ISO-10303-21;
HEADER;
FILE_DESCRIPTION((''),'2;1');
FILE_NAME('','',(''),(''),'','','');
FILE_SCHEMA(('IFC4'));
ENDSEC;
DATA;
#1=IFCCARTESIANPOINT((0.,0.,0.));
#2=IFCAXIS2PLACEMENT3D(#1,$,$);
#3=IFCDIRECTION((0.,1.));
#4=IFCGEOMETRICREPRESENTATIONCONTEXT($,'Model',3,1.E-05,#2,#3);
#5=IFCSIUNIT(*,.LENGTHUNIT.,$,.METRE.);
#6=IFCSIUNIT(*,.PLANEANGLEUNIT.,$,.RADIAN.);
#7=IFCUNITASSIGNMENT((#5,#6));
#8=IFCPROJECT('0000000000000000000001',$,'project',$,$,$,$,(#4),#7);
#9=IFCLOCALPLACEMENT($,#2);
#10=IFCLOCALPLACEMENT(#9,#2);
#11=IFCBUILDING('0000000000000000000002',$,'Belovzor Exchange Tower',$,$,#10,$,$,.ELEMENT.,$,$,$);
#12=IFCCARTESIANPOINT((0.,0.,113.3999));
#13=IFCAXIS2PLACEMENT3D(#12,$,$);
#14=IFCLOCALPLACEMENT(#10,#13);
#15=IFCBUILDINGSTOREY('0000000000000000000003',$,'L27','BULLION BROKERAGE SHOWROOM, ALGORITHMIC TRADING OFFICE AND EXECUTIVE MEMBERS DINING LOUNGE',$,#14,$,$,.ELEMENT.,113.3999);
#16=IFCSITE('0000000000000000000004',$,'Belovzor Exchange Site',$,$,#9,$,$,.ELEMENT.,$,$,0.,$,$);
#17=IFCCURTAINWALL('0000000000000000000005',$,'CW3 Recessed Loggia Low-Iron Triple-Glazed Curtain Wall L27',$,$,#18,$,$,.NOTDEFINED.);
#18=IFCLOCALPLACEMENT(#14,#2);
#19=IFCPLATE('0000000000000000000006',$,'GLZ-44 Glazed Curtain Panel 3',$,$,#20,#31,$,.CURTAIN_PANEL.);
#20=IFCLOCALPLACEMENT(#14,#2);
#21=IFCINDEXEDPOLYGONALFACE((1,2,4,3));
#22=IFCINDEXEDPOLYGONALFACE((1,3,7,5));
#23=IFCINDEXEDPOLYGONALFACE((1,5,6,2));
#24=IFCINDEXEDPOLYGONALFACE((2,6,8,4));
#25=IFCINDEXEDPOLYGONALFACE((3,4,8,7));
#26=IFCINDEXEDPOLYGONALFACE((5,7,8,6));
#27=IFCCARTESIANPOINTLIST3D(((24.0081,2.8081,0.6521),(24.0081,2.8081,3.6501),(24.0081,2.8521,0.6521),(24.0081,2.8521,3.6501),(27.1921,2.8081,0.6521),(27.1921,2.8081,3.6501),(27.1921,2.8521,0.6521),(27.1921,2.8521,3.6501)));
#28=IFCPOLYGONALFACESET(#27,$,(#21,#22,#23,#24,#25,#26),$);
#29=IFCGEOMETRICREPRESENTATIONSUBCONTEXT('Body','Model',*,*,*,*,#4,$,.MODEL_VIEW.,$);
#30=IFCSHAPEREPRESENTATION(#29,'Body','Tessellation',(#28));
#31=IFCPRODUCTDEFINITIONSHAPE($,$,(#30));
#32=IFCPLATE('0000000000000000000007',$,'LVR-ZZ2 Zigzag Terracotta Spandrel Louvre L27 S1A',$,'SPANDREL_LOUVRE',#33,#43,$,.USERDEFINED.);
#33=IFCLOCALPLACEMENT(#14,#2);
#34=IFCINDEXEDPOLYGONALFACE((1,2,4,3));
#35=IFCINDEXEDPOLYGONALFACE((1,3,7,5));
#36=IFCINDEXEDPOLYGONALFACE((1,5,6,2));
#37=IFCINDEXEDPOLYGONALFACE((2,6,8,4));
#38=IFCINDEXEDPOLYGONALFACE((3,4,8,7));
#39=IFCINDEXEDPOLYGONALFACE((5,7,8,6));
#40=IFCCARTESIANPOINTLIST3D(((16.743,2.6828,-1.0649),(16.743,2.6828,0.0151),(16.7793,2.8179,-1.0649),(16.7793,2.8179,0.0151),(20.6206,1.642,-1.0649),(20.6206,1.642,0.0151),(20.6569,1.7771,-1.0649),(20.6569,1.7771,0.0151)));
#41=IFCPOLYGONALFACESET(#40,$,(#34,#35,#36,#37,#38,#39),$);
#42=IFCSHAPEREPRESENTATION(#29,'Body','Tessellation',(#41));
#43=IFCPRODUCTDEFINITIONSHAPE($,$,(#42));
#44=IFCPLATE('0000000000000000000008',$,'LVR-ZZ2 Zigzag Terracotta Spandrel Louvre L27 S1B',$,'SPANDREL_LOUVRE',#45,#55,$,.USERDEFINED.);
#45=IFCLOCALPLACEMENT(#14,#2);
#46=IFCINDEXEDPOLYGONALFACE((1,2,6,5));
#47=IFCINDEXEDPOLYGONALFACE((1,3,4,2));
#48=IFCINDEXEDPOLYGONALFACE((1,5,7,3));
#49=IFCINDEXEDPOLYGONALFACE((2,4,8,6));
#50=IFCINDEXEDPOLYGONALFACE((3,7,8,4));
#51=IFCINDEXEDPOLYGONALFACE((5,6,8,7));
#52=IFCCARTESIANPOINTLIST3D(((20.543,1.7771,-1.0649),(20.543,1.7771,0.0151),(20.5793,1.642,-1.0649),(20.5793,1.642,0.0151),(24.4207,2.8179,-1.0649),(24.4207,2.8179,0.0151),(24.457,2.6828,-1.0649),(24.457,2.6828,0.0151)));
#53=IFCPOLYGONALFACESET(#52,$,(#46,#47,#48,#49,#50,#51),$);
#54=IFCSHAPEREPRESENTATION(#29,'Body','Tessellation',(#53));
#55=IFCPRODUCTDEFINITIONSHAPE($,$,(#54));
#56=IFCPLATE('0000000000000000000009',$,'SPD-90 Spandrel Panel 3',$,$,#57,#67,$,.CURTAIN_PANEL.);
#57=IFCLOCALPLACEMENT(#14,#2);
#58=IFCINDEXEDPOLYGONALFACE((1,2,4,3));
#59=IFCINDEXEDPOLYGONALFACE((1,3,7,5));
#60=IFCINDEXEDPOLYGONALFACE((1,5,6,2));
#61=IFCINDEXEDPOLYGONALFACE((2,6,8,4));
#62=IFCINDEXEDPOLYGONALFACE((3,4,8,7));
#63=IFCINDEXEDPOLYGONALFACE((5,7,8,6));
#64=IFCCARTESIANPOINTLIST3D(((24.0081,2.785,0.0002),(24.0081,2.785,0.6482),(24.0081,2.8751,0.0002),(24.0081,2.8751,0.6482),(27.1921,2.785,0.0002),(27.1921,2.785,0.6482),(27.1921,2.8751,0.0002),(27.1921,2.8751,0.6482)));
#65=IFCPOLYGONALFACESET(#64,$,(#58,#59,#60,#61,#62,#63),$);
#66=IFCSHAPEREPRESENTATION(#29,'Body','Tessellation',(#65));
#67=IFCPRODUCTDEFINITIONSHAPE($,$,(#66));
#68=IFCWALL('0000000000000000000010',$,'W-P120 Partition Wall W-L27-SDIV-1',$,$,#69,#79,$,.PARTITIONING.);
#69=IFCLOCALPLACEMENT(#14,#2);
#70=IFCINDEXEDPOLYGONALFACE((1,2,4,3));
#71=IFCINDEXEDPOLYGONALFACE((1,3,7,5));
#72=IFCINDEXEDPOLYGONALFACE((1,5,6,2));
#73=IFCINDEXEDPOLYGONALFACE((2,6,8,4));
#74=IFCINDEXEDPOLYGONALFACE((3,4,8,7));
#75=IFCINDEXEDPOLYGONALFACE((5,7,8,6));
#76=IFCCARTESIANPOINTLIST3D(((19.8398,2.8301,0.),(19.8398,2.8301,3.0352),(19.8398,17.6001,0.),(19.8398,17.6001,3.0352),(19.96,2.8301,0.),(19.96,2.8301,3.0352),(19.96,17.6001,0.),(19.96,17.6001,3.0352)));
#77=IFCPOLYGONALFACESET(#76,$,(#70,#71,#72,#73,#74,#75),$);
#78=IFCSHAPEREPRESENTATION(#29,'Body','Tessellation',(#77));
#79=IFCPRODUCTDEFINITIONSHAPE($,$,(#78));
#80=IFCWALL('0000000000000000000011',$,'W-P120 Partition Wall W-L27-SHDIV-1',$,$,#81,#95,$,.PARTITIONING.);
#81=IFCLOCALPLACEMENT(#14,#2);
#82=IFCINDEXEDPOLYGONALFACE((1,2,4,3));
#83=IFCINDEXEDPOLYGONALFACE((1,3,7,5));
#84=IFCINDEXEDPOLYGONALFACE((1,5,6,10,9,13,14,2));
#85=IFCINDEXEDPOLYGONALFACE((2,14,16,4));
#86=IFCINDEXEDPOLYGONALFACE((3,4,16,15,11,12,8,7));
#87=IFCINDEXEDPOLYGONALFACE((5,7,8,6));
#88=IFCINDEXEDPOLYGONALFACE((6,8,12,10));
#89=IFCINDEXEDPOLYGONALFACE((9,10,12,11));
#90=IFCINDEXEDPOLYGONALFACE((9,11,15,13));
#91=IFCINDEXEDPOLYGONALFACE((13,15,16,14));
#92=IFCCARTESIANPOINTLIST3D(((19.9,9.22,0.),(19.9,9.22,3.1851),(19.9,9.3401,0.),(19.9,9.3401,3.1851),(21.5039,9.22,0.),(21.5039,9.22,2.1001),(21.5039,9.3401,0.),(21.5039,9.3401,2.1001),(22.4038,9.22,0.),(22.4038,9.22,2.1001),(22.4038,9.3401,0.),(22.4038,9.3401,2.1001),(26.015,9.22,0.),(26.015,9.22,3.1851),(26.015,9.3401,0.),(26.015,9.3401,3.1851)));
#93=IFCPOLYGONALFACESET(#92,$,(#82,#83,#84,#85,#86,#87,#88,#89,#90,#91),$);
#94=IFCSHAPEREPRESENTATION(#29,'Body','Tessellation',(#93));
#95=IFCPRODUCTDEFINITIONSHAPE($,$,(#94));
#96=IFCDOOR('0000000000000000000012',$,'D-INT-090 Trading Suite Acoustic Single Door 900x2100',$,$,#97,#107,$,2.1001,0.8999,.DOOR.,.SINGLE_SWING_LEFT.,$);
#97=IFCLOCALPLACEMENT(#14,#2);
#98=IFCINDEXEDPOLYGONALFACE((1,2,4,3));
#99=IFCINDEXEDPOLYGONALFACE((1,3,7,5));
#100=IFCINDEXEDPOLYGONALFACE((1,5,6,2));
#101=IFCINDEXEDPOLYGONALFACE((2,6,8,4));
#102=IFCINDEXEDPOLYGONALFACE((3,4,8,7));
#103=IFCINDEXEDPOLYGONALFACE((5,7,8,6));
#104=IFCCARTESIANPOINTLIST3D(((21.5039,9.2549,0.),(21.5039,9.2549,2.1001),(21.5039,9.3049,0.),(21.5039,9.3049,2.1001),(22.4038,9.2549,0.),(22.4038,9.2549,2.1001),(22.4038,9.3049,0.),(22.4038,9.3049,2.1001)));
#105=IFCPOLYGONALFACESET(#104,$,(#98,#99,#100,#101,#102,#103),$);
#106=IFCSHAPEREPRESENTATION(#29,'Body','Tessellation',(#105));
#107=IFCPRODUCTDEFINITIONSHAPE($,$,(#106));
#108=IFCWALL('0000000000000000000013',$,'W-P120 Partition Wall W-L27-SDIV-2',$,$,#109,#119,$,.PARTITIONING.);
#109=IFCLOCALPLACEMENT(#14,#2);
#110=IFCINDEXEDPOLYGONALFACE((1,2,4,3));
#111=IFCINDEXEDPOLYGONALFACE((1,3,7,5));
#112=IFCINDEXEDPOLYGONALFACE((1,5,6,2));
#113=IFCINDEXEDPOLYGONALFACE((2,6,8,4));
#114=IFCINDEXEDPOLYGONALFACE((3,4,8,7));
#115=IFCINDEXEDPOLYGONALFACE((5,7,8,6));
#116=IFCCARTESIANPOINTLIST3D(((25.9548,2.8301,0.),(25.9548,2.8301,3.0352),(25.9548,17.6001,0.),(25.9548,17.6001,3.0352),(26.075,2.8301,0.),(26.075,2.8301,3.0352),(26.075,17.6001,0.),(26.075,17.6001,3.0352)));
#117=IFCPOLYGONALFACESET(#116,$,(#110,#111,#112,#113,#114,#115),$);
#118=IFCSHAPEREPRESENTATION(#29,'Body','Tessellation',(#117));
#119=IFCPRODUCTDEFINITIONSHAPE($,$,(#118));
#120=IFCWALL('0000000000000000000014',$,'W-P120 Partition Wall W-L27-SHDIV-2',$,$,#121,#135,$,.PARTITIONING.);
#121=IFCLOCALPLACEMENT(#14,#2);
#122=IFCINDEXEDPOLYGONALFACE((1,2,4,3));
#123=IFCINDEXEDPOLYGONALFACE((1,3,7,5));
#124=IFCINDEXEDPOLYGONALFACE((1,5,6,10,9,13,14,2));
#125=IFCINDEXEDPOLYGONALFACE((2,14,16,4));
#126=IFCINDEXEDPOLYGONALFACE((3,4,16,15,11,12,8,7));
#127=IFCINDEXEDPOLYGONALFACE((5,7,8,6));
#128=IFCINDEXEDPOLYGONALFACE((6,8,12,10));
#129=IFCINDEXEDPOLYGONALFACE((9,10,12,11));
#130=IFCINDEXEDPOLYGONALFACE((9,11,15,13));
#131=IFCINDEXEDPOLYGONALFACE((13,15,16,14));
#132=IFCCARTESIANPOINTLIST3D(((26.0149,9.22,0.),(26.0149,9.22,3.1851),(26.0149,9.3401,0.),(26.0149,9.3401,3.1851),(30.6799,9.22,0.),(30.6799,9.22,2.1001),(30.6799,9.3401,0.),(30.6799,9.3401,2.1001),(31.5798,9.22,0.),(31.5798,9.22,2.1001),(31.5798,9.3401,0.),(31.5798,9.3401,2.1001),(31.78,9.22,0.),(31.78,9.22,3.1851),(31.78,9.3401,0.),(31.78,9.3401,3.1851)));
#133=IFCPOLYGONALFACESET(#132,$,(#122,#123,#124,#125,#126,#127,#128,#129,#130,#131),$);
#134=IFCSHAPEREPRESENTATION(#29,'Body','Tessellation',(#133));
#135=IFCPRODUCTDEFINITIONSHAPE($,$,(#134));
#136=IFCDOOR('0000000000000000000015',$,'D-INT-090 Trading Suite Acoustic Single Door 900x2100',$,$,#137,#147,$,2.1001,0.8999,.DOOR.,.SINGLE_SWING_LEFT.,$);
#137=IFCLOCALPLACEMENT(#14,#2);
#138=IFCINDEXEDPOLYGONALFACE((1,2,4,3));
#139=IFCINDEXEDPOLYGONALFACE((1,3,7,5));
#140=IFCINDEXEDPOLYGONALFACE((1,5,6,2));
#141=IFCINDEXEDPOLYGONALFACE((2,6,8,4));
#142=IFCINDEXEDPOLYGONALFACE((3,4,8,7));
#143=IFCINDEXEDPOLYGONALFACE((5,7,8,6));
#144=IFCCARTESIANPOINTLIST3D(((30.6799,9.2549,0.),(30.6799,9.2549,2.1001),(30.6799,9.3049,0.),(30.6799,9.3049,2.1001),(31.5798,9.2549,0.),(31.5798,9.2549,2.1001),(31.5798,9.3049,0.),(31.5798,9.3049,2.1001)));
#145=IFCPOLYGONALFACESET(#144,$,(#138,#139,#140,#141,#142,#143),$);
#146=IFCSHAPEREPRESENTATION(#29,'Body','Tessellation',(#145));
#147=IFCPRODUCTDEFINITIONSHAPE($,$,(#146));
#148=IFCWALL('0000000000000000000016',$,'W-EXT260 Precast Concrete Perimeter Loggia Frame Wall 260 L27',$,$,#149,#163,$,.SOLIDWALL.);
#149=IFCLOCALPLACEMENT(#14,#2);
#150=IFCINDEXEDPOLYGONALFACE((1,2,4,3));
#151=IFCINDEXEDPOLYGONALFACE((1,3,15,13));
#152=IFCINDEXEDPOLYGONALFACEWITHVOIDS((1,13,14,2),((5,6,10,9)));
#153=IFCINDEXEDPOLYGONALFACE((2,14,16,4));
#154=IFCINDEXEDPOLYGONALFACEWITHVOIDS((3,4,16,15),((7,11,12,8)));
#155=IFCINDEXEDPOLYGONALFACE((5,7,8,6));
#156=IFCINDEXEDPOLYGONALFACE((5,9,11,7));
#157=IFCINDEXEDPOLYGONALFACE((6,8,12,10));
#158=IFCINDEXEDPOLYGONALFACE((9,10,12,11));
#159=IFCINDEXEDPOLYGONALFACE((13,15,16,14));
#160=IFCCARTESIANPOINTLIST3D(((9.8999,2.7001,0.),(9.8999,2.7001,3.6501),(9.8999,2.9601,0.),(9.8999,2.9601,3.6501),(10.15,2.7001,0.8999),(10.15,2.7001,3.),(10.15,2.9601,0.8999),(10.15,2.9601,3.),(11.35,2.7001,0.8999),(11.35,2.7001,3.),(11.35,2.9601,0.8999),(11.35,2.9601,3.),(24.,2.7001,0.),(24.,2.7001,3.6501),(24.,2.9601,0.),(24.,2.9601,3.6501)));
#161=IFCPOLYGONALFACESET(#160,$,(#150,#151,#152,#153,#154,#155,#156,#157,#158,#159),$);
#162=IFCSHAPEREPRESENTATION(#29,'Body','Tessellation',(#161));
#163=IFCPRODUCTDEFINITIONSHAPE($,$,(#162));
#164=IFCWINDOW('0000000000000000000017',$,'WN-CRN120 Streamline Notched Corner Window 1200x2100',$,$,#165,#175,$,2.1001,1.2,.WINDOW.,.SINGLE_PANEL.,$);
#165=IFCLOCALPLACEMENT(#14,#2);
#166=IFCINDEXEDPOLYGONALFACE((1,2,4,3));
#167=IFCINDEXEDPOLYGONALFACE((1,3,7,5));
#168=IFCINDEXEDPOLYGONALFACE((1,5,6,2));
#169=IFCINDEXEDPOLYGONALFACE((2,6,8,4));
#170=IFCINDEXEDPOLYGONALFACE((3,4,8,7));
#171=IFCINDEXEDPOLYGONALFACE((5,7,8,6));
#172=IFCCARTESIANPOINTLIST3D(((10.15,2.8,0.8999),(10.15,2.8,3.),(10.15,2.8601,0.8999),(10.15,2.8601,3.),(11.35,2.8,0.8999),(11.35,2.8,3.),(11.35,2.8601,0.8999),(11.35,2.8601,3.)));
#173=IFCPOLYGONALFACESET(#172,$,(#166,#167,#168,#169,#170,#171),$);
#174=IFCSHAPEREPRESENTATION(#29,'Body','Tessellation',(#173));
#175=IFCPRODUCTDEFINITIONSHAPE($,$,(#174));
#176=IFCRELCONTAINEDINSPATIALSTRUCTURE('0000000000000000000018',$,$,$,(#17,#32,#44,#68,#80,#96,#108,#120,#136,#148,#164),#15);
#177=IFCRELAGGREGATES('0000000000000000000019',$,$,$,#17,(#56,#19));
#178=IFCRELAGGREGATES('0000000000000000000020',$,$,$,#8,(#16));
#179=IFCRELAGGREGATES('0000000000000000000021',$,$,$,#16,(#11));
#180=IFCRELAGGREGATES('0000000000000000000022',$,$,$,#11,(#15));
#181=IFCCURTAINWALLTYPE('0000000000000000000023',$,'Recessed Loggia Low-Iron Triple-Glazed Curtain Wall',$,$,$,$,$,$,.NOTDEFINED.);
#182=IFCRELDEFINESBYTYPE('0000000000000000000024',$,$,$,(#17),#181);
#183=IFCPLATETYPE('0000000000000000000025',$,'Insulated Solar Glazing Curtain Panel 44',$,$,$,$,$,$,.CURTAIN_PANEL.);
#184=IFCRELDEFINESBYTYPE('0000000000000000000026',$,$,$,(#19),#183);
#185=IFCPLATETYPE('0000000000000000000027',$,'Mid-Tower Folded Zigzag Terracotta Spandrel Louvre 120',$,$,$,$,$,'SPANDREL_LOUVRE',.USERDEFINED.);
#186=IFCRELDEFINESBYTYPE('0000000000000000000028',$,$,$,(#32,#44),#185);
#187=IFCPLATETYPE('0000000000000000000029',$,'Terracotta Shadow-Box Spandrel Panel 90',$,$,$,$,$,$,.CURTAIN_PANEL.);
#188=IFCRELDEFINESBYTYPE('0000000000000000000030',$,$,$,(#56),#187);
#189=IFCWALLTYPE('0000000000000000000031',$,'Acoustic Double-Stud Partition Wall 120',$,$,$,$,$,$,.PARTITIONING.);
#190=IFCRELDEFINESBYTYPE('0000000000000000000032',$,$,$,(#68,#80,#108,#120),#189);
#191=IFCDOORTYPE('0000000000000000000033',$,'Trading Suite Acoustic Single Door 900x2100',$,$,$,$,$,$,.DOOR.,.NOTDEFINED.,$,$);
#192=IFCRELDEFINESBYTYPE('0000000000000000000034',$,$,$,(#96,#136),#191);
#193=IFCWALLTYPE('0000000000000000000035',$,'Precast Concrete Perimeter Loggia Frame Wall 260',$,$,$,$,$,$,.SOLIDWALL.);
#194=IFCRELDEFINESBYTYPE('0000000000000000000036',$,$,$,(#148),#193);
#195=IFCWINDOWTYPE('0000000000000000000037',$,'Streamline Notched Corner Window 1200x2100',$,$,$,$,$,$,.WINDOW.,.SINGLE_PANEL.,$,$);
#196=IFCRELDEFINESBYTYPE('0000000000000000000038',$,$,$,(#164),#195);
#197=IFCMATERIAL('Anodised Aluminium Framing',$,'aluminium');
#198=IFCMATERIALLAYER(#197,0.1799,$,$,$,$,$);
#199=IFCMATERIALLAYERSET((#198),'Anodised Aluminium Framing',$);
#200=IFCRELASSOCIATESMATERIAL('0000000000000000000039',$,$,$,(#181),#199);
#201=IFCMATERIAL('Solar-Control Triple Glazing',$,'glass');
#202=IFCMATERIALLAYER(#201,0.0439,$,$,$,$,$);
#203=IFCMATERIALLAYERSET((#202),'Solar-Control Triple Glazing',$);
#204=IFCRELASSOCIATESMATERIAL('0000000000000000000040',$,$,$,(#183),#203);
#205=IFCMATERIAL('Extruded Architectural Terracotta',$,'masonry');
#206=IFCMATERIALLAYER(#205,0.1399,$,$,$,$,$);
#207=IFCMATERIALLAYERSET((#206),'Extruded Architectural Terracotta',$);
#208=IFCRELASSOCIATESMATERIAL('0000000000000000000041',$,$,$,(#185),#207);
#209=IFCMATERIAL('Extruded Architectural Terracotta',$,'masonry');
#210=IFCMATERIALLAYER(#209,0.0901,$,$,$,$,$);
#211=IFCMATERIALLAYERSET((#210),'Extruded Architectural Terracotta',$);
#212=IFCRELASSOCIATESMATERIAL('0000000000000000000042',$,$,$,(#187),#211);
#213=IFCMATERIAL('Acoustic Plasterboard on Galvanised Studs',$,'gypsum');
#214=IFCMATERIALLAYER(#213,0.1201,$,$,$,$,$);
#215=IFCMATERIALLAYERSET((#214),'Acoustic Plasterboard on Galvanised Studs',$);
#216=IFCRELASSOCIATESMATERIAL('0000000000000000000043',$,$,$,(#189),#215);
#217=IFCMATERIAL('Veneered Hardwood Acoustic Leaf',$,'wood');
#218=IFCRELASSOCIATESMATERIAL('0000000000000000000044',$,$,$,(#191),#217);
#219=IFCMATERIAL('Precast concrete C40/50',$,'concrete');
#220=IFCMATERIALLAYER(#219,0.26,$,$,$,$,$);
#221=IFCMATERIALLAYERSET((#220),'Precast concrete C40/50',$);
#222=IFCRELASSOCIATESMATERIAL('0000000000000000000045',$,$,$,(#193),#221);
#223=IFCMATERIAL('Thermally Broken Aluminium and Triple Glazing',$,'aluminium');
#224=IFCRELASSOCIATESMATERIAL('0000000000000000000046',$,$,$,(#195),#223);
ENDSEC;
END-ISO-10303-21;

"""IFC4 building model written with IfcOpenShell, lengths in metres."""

from ifc_helpers import new_model, si_unit, direction, frame, frame_2d, origin, origin_2d, place, context, subcontext, project, spatial, rectangle, extrude, material, layer, layer_set, type_object, element, fill, aggregate, save


model = new_model("IFC4")

# Units and contexts
model_context = context("Model", 3, precision=1e-05, world=origin(), true_north=direction((0.0, 1.0)))
body_context = subcontext(model_context, "Body", "Model", "MODEL_VIEW")
ifc_project = project(units=[si_unit("LENGTHUNIT", "METRE"), si_unit("PLANEANGLEUNIT", "RADIAN")], contexts=[model_context])

# Site, building, storey
site_placement = place(None, origin())
site = spatial("IfcSite", under=ifc_project, at=site_placement, Name="Belovzor Exchange Site", CompositionType="ELEMENT", RefElevation=0.0)
building_placement = place(site_placement, origin())
building = spatial("IfcBuilding", under=site, at=building_placement, Name="Belovzor Exchange Tower", CompositionType="ELEMENT")
storey_placement = place(building_placement, frame((0.0, 0.0, 113.3999)))
storey = spatial("IfcBuildingStorey", under=building, at=storey_placement, Name="L27", Description="BULLION BROKERAGE SHOWROOM, ALGORITHMIC TRADING OFFICE AND EXECUTIVE MEMBERS DINING LOUNGE", CompositionType="ELEMENT", Elevation=113.3999)

# Curtain wall
ifc_material_1 = material(Name="Anodised Aluminium Framing", Category="aluminium")
ifc_layer_1 = layer(ifc_material_1, 0.1799)
ifc_layer_set_1 = layer_set([ifc_layer_1], Name="Anodised Aluminium Framing")
curtain_wall_type = type_object("IfcCurtainWallType", Name="Recessed Loggia Low-Iron Triple-Glazed Curtain Wall", PredefinedType="NOTDEFINED", material=ifc_layer_set_1)
curtain_wall_placement = place(storey_placement, origin())
curtain_wall = element("IfcCurtainWall", 1, at=curtain_wall_placement, inside=storey, type_object=curtain_wall_type, Name="CW3 Recessed Loggia Low-Iron Triple-Glazed Curtain Wall L27", PredefinedType="NOTDEFINED")

# Plate
ifc_material_2 = material(Name="Solar-Control Triple Glazing", Category="glass")
ifc_layer_2 = layer(ifc_material_2, 0.0439)
ifc_layer_set_2 = layer_set([ifc_layer_2], Name="Solar-Control Triple Glazing")
plate_type_1 = type_object("IfcPlateType", Name="Insulated Solar Glazing Curtain Panel 44", PredefinedType="CURTAIN_PANEL", material=ifc_layer_set_2)
plate_1_placement = place(storey_placement, frame((25.6001, 2.8301, 0.6521), z_axis=(0.0, 0.0, 1.0), x_axis=(-1.0, 0.0, 0.0)))
plate_1 = element("IfcPlate", 2, at=plate_1_placement, type_object=plate_type_1, Name="GLZ-44 Glazed Curtain Panel 3", PredefinedType="CURTAIN_PANEL", context=body_context, shape_type="SweptSolid", body=[
    extrude(rectangle(XDim=3.1841, YDim=0.0439, at=origin_2d()), origin(), (0.0, 0.0, 1.0), 2.998),
])

# Plates
ifc_material_3 = material(Name="Extruded Architectural Terracotta", Category="masonry")
ifc_layer_3 = layer(ifc_material_3, 0.1399)
ifc_layer_set_3 = layer_set([ifc_layer_3], Name="Extruded Architectural Terracotta")
plate_type_2 = type_object("IfcPlateType", Name="Mid-Tower Folded Zigzag Terracotta Spandrel Louvre 120", ElementType="SPANDREL_LOUVRE", PredefinedType="USERDEFINED", material=ifc_layer_set_3)
for number, where, z_axis, x_axis, name in (
    (3, (18.7, 2.23, -1.0649), (0.0, 0.0, 1.0), (0.965813, -0.25924, 0.0), "LVR-ZZ2 Zigzag Terracotta Spandrel Louvre L27 S1A"),
    (4, (22.5, 2.23, -1.0649), (0.0, 0.0, 1.0), (0.965813, 0.25924, 0.0), "LVR-ZZ2 Zigzag Terracotta Spandrel Louvre L27 S1B"),
):
    element("IfcPlate", number, at=place(storey_placement, frame(where, z_axis=z_axis, x_axis=x_axis)), inside=storey, type_object=plate_type_2, Name=name, ObjectType="SPANDREL_LOUVRE", PredefinedType="USERDEFINED", context=body_context, shape_type="SweptSolid", body=[
        extrude(rectangle(XDim=4.0149, YDim=0.1399, at=origin_2d()), origin(), (0.0, 0.0, 1.0), 1.0801),
    ])

# Plate
ifc_material_4 = material(Name="Extruded Architectural Terracotta", Category="masonry")
ifc_layer_4 = layer(ifc_material_4, 0.0901)
ifc_layer_set_4 = layer_set([ifc_layer_4], Name="Extruded Architectural Terracotta")
plate_type_3 = type_object("IfcPlateType", Name="Terracotta Shadow-Box Spandrel Panel 90", PredefinedType="CURTAIN_PANEL", material=ifc_layer_set_4)
plate_2_placement = place(storey_placement, frame((25.6001, 2.8301, 0.0002), z_axis=(0.0, 0.0, 1.0), x_axis=(-1.0, 0.0, 0.0)))
plate_2 = element("IfcPlate", 5, at=plate_2_placement, type_object=plate_type_3, Name="SPD-90 Spandrel Panel 3", PredefinedType="CURTAIN_PANEL", context=body_context, shape_type="SweptSolid", body=[
    extrude(rectangle(XDim=3.1841, YDim=0.0901, at=origin_2d()), origin(), (0.0, 0.0, 1.0), 0.6479),
])
aggregate(curtain_wall, [plate_2, plate_1])

# Wall
ifc_material_5 = material(Name="Acoustic Plasterboard on Galvanised Studs", Category="gypsum")
ifc_layer_5 = layer(ifc_material_5, 0.1201)
ifc_layer_set_5 = layer_set([ifc_layer_5], Name="Acoustic Plasterboard on Galvanised Studs")
wall_type_1 = type_object("IfcWallType", Name="Acoustic Double-Stud Partition Wall 120", PredefinedType="PARTITIONING", material=ifc_layer_set_5)
wall_1_placement = place(storey_placement, frame((19.8999, 2.8301, 0.0), z_axis=(0.0, 0.0, 1.0), x_axis=(0.0, 1.0, 0.0)))
element("IfcWall", 6, at=wall_1_placement, inside=storey, type_object=wall_type_1, Name="W-P120 Partition Wall W-L27-SDIV-1", PredefinedType="PARTITIONING", context=body_context, shape_type="SweptSolid", body=[
    extrude(rectangle(XDim=14.77, YDim=0.1201, at=frame_2d((7.385, 0.0))), origin(), (0.0, 0.0, 1.0), 3.0352),
])

# Wall, opening, door
wall_2_placement = place(storey_placement, frame((19.8999, 9.28, 0.0), z_axis=(0.0, 0.0, 1.0), x_axis=(1.0, 0.0, 0.0)))
wall_2 = element("IfcWall", 7, at=wall_2_placement, inside=storey, type_object=wall_type_1, Name="W-P120 Partition Wall W-L27-SHDIV-1", PredefinedType="PARTITIONING", context=body_context, shape_type="SweptSolid", body=[
    extrude(rectangle(XDim=6.115, YDim=0.1201, at=frame_2d((3.0576, 0.0))), origin(), (0.0, 0.0, 1.0), 3.1851),
])
opening_1_placement = place(wall_2_placement, frame((1.604, 0.0, 0.0)))
opening_1 = element("IfcOpeningElement", 8, at=opening_1_placement, cuts=wall_2, PredefinedType="OPENING", context=body_context, shape_type="SweptSolid", body=[
    extrude(rectangle(XDim=0.8999, YDim=2.1001, at=frame_2d((0.45, 1.05))), frame((0.0, 0.0701, 0.0), z_axis=(0.0, -1.0, 0.0), x_axis=(1.0, 0.0, 0.0)), (0.0, 0.0, 1.0), 0.1401),
])
ifc_material_6 = material(Name="Veneered Hardwood Acoustic Leaf", Category="wood")
door_type = type_object("IfcDoorType", Name="Trading Suite Acoustic Single Door 900x2100", OperationType="NOTDEFINED", PredefinedType="DOOR", material=ifc_material_6)
door_1_placement = place(opening_1_placement, origin())
door_1 = element("IfcDoor", 9, at=door_1_placement, inside=storey, type_object=door_type, Name="D-INT-090 Trading Suite Acoustic Single Door 900x2100", OperationType="SINGLE_SWING_LEFT", OverallHeight=2.1001, OverallWidth=0.8999, PredefinedType="DOOR", context=body_context, shape_type="SweptSolid", body=[
    extrude(rectangle(XDim=0.8999, YDim=2.1001, at=frame_2d((0.45, 1.05))), frame((0.0, 0.0249, 0.0), z_axis=(0.0, -1.0, 0.0), x_axis=(1.0, 0.0, 0.0)), (0.0, 0.0, 1.0), 0.05),
])
fill(opening_1, door_1)

# Wall
wall_3_placement = place(storey_placement, frame((26.0149, 2.8301, 0.0), z_axis=(0.0, 0.0, 1.0), x_axis=(0.0, 1.0, 0.0)))
element("IfcWall", 10, at=wall_3_placement, inside=storey, type_object=wall_type_1, Name="W-P120 Partition Wall W-L27-SDIV-2", PredefinedType="PARTITIONING", context=body_context, shape_type="SweptSolid", body=[
    extrude(rectangle(XDim=14.77, YDim=0.1201, at=frame_2d((7.385, 0.0))), origin(), (0.0, 0.0, 1.0), 3.0352),
])

# Wall, opening, door
wall_4_placement = place(storey_placement, frame((26.0149, 9.28, 0.0), z_axis=(0.0, 0.0, 1.0), x_axis=(1.0, 0.0, 0.0)))
wall_4 = element("IfcWall", 11, at=wall_4_placement, inside=storey, type_object=wall_type_1, Name="W-P120 Partition Wall W-L27-SHDIV-2", PredefinedType="PARTITIONING", context=body_context, shape_type="SweptSolid", body=[
    extrude(rectangle(XDim=5.7651, YDim=0.1201, at=frame_2d((2.8826, 0.0))), origin(), (0.0, 0.0, 1.0), 3.1851),
])
opening_2_placement = place(wall_4_placement, frame((4.665, 0.0, 0.0)))
opening_2 = element("IfcOpeningElement", 12, at=opening_2_placement, cuts=wall_4, PredefinedType="OPENING", context=body_context, shape_type="SweptSolid", body=[
    extrude(rectangle(XDim=0.8999, YDim=2.1001, at=frame_2d((0.45, 1.05))), frame((0.0, 0.0701, 0.0), z_axis=(0.0, -1.0, 0.0), x_axis=(1.0, 0.0, 0.0)), (0.0, 0.0, 1.0), 0.1401),
])
door_2_placement = place(opening_2_placement, origin())
door_2 = element("IfcDoor", 13, at=door_2_placement, inside=storey, type_object=door_type, Name="D-INT-090 Trading Suite Acoustic Single Door 900x2100", OperationType="SINGLE_SWING_LEFT", OverallHeight=2.1001, OverallWidth=0.8999, PredefinedType="DOOR", context=body_context, shape_type="SweptSolid", body=[
    extrude(rectangle(XDim=0.8999, YDim=2.1001, at=frame_2d((0.45, 1.05))), frame((0.0, 0.0249, 0.0), z_axis=(0.0, -1.0, 0.0), x_axis=(1.0, 0.0, 0.0)), (0.0, 0.0, 1.0), 0.05),
])
fill(opening_2, door_2)

# Wall, opening, window
ifc_material_7 = material(Name="Precast concrete C40/50", Category="concrete")
ifc_layer_6 = layer(ifc_material_7, 0.26)
ifc_layer_set_6 = layer_set([ifc_layer_6], Name="Precast concrete C40/50")
wall_type_2 = type_object("IfcWallType", Name="Precast Concrete Perimeter Loggia Frame Wall 260", PredefinedType="SOLIDWALL", material=ifc_layer_set_6)
wall_5_placement = place(storey_placement, frame((24.0, 2.8301, 0.0), z_axis=(0.0, 0.0, 1.0), x_axis=(-1.0, 0.0, 0.0)))
wall_5 = element("IfcWall", 14, at=wall_5_placement, inside=storey, type_object=wall_type_2, Name="W-EXT260 Precast Concrete Perimeter Loggia Frame Wall 260 L27", PredefinedType="SOLIDWALL", context=body_context, shape_type="SweptSolid", body=[
    extrude(rectangle(XDim=14.1001, YDim=0.26, at=frame_2d((7.05, 0.0))), origin(), (0.0, 0.0, 1.0), 3.6501),
])
opening_3_placement = place(wall_5_placement, frame((12.6499, 0.0, 0.8999)))
opening_3 = element("IfcOpeningElement", 15, at=opening_3_placement, cuts=wall_5, PredefinedType="OPENING", context=body_context, shape_type="SweptSolid", body=[
    extrude(rectangle(XDim=1.2, YDim=2.1001, at=frame_2d((0.6001, 1.05))), frame((0.0, 0.1399, 0.0), z_axis=(0.0, -1.0, 0.0), x_axis=(1.0, 0.0, 0.0)), (0.0, 0.0, 1.0), 0.28),
])
ifc_material_8 = material(Name="Thermally Broken Aluminium and Triple Glazing", Category="aluminium")
window_type = type_object("IfcWindowType", Name="Streamline Notched Corner Window 1200x2100", PartitioningType="SINGLE_PANEL", PredefinedType="WINDOW", material=ifc_material_8)
window_placement = place(opening_3_placement, origin())
window = element("IfcWindow", 16, at=window_placement, inside=storey, type_object=window_type, Name="WN-CRN120 Streamline Notched Corner Window 1200x2100", OverallHeight=2.1001, OverallWidth=1.2, PartitioningType="SINGLE_PANEL", PredefinedType="WINDOW", context=body_context, shape_type="SweptSolid", body=[
    extrude(rectangle(XDim=1.2, YDim=2.1001, at=frame_2d((0.6001, 1.05))), frame((0.0, 0.03, 0.0), z_axis=(0.0, -1.0, 0.0), x_axis=(1.0, 0.0, 0.0)), (0.0, 0.0, 1.0), 0.0601),
])
fill(opening_3, window)

save(model, "model.ifc")
